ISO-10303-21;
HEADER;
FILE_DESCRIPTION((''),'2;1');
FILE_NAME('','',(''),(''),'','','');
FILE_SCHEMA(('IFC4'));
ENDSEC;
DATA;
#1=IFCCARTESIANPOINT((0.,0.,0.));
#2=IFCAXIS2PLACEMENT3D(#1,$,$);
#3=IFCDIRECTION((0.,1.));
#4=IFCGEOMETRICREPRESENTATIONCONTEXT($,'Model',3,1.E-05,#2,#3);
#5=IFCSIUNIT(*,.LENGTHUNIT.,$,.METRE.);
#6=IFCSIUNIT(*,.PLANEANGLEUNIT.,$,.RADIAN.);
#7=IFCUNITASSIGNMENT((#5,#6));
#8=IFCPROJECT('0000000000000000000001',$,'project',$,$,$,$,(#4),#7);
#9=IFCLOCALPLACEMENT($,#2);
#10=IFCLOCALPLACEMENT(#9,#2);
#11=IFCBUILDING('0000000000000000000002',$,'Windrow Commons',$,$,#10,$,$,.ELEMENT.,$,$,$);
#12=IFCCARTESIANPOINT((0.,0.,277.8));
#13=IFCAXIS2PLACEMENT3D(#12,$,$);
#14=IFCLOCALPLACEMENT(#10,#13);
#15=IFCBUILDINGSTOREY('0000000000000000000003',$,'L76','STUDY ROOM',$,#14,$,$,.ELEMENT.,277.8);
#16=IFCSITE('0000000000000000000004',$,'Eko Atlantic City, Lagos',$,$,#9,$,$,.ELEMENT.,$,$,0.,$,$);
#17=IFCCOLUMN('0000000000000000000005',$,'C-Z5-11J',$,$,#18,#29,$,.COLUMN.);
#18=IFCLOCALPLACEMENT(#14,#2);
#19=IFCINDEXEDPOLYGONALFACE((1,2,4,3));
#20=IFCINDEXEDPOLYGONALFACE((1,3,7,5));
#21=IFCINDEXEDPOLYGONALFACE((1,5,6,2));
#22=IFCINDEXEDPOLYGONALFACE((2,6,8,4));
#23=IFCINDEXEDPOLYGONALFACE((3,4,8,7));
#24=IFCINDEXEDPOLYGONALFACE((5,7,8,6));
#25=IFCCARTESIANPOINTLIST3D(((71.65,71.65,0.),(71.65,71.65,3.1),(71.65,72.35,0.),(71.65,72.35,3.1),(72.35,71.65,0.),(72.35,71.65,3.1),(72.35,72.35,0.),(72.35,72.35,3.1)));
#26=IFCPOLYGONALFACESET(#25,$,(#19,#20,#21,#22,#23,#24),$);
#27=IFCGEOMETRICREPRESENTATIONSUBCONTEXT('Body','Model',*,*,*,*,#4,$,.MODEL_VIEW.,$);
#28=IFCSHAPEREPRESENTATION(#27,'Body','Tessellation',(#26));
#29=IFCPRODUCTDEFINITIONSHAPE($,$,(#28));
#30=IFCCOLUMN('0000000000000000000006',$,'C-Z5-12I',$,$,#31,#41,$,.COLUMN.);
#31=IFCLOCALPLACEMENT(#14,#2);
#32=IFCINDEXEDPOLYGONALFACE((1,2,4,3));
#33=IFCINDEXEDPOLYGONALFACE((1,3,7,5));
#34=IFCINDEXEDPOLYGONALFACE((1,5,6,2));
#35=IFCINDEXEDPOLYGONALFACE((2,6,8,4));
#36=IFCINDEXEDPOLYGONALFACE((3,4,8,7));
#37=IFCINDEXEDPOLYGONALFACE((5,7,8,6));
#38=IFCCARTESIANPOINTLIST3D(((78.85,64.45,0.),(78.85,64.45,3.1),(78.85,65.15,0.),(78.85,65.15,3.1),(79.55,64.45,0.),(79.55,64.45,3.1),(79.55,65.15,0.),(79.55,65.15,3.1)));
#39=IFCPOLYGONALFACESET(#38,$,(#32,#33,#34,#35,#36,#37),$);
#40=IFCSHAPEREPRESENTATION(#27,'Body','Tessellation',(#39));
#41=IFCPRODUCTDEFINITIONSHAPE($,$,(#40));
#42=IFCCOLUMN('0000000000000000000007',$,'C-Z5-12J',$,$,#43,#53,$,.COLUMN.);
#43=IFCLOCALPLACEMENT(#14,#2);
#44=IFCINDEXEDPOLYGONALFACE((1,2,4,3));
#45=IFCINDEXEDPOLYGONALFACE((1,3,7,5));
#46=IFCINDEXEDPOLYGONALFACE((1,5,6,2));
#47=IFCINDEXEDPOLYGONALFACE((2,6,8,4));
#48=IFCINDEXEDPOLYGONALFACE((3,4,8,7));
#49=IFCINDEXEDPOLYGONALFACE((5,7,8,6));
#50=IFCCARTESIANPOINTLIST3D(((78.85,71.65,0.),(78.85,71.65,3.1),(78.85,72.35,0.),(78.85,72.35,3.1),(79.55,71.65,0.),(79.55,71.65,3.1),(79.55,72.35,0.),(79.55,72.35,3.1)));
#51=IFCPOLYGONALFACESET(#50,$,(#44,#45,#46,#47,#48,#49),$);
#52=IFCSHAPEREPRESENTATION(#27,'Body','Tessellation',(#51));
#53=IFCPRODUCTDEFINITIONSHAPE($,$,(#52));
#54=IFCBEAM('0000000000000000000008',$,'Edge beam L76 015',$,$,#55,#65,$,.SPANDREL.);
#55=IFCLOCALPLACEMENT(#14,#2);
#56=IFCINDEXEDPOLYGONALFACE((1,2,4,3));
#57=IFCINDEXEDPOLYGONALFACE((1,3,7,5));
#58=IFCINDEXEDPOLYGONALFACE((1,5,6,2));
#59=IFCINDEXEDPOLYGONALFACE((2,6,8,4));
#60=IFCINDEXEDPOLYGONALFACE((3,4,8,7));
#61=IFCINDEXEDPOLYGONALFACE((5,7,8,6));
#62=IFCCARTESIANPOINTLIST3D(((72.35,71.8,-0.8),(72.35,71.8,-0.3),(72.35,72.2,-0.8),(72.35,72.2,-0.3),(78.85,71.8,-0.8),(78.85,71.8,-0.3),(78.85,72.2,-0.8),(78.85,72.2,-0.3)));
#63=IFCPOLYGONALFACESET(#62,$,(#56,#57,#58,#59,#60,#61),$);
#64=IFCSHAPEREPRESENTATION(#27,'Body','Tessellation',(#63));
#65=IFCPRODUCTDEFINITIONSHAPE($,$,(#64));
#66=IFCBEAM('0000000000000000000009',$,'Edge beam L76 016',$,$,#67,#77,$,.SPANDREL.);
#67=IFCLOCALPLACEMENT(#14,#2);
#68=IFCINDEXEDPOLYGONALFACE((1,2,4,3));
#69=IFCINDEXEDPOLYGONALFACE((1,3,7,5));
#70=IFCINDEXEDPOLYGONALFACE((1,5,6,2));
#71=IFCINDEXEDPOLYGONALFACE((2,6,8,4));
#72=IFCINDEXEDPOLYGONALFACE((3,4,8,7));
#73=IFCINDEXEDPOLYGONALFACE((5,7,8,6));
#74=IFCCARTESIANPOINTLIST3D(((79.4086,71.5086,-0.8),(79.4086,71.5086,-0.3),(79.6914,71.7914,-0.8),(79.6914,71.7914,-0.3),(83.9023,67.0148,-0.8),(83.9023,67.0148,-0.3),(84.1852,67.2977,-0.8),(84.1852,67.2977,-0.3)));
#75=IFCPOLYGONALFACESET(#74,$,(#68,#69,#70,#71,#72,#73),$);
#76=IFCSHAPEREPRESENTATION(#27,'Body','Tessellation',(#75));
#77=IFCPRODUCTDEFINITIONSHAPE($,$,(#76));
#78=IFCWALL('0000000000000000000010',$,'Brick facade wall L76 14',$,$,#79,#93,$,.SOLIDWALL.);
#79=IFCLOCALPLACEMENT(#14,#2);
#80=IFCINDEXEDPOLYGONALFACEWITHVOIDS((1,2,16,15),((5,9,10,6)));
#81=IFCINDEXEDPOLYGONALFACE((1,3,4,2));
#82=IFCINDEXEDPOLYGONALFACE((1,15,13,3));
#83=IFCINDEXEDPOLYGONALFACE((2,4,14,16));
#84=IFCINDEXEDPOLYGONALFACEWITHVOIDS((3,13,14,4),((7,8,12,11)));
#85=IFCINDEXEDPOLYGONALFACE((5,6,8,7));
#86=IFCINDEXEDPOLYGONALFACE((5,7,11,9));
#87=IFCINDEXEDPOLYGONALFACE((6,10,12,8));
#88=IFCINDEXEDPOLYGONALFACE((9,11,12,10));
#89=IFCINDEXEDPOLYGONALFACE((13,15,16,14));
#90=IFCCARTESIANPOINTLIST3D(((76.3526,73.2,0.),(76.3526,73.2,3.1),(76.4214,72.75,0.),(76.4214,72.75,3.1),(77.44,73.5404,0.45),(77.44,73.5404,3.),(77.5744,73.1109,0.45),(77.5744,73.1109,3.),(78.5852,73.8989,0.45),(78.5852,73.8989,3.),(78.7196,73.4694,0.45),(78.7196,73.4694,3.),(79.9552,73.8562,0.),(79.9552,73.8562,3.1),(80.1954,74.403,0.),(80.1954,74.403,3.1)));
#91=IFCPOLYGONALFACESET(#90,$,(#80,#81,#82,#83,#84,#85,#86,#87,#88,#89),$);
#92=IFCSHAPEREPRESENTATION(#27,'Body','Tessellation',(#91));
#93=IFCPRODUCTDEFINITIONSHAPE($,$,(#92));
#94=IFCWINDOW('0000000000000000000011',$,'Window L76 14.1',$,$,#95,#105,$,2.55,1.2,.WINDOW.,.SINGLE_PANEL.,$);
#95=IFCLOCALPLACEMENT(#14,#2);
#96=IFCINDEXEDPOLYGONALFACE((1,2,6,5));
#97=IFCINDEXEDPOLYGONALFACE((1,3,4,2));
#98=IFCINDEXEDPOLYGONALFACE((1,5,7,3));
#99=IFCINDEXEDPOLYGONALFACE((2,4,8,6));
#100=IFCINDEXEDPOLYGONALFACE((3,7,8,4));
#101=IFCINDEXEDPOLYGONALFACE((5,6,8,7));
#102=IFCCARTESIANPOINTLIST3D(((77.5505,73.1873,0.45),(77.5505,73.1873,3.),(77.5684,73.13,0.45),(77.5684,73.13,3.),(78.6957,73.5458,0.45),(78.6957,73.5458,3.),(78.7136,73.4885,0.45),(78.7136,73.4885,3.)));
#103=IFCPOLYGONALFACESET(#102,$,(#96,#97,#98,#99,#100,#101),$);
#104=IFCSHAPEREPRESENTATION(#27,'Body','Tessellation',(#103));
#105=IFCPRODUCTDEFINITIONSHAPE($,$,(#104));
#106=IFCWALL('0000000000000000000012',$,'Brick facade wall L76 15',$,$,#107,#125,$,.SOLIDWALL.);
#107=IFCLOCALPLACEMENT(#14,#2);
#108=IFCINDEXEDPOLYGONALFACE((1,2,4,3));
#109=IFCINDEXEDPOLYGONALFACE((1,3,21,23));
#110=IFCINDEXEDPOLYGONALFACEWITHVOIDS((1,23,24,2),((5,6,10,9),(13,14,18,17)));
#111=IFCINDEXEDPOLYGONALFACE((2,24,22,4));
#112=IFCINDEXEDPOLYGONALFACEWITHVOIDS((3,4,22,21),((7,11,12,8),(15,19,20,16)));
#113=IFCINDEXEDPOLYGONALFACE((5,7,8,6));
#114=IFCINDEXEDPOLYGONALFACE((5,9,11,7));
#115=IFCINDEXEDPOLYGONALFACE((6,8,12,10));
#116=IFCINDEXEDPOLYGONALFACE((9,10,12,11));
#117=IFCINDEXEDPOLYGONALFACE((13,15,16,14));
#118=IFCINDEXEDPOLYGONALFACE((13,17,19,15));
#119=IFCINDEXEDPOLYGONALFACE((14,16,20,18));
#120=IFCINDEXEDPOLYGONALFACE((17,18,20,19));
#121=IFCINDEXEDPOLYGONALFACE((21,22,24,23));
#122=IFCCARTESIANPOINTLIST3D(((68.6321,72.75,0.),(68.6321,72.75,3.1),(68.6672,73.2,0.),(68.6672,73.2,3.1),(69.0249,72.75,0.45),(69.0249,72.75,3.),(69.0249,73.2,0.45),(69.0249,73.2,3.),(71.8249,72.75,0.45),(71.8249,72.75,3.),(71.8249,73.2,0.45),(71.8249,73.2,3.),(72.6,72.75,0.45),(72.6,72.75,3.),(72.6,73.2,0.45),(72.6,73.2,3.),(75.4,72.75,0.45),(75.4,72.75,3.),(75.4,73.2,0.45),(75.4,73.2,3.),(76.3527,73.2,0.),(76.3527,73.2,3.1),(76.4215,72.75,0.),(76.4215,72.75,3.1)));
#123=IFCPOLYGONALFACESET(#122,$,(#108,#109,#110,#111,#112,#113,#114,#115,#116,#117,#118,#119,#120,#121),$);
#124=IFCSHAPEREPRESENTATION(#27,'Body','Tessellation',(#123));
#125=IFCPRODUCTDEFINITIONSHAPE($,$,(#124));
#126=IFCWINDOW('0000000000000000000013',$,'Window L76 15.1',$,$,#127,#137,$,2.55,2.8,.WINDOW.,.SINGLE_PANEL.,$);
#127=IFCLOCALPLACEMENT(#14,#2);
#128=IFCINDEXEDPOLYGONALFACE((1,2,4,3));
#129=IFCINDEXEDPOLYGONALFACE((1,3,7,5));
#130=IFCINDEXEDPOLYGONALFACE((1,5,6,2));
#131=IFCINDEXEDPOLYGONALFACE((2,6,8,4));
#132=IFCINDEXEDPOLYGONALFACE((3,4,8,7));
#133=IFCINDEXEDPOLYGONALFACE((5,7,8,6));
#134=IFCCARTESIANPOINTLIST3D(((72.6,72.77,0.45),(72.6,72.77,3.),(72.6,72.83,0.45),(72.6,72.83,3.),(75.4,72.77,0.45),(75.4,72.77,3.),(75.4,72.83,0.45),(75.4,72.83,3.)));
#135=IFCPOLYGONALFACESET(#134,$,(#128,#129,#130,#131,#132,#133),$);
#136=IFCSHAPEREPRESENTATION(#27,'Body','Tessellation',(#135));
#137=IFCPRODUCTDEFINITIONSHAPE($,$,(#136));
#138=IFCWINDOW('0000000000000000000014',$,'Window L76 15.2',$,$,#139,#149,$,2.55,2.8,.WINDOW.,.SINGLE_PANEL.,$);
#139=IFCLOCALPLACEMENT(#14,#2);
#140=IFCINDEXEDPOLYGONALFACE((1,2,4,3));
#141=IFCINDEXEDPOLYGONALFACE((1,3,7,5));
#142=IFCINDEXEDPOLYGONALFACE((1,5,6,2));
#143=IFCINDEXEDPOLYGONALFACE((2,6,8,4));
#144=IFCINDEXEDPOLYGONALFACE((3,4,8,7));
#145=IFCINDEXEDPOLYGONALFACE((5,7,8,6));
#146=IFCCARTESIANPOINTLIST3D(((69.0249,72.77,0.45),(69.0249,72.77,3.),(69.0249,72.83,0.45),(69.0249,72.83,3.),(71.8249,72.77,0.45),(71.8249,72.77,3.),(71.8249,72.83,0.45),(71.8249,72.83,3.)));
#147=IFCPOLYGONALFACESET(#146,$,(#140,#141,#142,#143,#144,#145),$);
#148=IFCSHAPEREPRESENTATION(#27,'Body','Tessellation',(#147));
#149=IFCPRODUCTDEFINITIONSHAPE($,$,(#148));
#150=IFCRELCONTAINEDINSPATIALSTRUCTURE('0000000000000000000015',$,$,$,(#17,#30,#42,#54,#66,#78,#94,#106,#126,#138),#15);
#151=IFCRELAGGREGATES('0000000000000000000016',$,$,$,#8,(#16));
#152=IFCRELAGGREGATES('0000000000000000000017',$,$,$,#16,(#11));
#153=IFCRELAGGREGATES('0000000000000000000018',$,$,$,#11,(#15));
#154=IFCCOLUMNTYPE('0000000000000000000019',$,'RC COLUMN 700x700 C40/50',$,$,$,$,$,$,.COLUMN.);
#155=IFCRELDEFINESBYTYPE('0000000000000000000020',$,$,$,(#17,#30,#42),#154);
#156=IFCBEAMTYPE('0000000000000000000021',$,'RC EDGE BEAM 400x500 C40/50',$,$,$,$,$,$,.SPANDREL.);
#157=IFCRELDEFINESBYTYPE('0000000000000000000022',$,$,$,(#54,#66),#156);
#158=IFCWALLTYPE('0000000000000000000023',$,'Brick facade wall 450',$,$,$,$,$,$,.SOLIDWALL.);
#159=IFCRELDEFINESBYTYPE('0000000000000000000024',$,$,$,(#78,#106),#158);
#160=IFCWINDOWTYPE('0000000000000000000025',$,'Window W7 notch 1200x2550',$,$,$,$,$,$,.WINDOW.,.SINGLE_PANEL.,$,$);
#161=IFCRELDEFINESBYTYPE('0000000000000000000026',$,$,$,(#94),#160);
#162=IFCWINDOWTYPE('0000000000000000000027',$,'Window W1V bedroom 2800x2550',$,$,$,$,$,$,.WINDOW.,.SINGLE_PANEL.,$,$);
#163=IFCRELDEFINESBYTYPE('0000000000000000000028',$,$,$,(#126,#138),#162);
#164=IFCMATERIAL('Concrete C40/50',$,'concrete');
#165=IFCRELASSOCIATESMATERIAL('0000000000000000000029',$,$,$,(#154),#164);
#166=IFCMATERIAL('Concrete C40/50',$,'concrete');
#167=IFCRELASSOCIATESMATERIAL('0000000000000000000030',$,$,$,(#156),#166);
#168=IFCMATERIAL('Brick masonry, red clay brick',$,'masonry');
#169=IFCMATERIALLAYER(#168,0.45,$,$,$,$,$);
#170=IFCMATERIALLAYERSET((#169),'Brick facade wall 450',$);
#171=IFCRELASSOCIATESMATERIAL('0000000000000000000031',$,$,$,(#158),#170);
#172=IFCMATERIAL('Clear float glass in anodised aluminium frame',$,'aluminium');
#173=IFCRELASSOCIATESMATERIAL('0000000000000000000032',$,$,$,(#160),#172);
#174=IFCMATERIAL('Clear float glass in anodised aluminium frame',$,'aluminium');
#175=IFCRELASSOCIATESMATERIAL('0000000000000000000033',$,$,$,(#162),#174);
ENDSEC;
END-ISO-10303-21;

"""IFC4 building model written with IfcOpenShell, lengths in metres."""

from ifc_helpers import new_model, si_unit, direction, frame, frame_2d, origin, origin_2d, place, context, subcontext, project, spatial, polyline, rectangle, outline, extrude, material, layer, layer_set, material_profile, profile_set, type_object, element, fill, save


model = new_model("IFC4")

# Units and contexts
model_context = context("Model", 3, precision=1e-05, world=origin(), true_north=direction((0.0, 1.0)))
body_context = subcontext(model_context, "Body", "Model", "MODEL_VIEW")
ifc_project = project(units=[si_unit("LENGTHUNIT", "METRE"), si_unit("PLANEANGLEUNIT", "RADIAN")], contexts=[model_context])

# Site, building, storey
site_placement = place(None, origin())
site = spatial("IfcSite", under=ifc_project, at=site_placement, Name="Eko Atlantic City, Lagos", CompositionType="ELEMENT", RefElevation=0.0)
building_placement = place(site_placement, origin())
building = spatial("IfcBuilding", under=site, at=building_placement, Name="Windrow Commons", CompositionType="ELEMENT")
storey_placement = place(building_placement, frame((0.0, 0.0, 277.8)))
storey = spatial("IfcBuildingStorey", under=building, at=storey_placement, Name="L76", Description="STUDY ROOM", CompositionType="ELEMENT", Elevation=277.8)

# Columns
ifc_material_1 = material(Name="Concrete C40/50", Category="concrete")
ifc_material_profile_1 = material_profile(ifc_material_1, rectangle(XDim=0.7, YDim=0.7, at=origin_2d()))
ifc_profile_set_1 = profile_set([ifc_material_profile_1], Name="Concrete C40/50")
column_type = type_object("IfcColumnType", Name="RC COLUMN 700x700 C40/50", PredefinedType="COLUMN", material=ifc_profile_set_1)
for number, where, z_axis, x_axis, name in (
    (1, (72.0, 72.0, 0.0), (0.0, 0.0, 1.0), (1.0, 0.0, 0.0), "C-Z5-11J"),
    (2, (79.2, 64.8, 0.0), (0.0, 0.0, 1.0), (1.0, 0.0, 0.0), "C-Z5-12I"),
    (3, (79.2, 72.0, 0.0), (0.0, 0.0, 1.0), (1.0, 0.0, 0.0), "C-Z5-12J"),
):
    element("IfcColumn", number, at=place(storey_placement, frame(where, z_axis=z_axis, x_axis=x_axis)), inside=storey, type_object=column_type, Name=name, PredefinedType="COLUMN", context=body_context, shape_type="SweptSolid", body=[
        extrude(rectangle(XDim=0.7, YDim=0.7, at=origin_2d()), origin(), (0.0, 0.0, 1.0), 3.1),
    ])

# Beams
ifc_material_2 = material(Name="Concrete C40/50", Category="concrete")
ifc_material_profile_2 = material_profile(ifc_material_2, rectangle(XDim=0.4, YDim=0.5, at=origin_2d()))
ifc_profile_set_2 = profile_set([ifc_material_profile_2], Name="Concrete C40/50")
beam_type = type_object("IfcBeamType", Name="RC EDGE BEAM 400x500 C40/50", PredefinedType="SPANDREL", material=ifc_profile_set_2)
beam_1_placement = place(storey_placement, frame((72.35, 72.0, -0.55), z_axis=(1.0, 0.0, 0.0), x_axis=(0.0, 1.0, 0.0)))
element("IfcBeam", 4, at=beam_1_placement, inside=storey, type_object=beam_type, Name="Edge beam L76 015", PredefinedType="SPANDREL", context=body_context, shape_type="SweptSolid", body=[
    extrude(rectangle(XDim=0.4, YDim=0.5, at=origin_2d()), origin(), (0.0, 0.0, 1.0), 6.5),
])
beam_2_placement = place(storey_placement, frame((79.55, 71.65, -0.55), z_axis=(0.707107, -0.707107, 0.0), x_axis=(0.707107, 0.707107, 0.0)))
element("IfcBeam", 5, at=beam_2_placement, inside=storey, type_object=beam_type, Name="Edge beam L76 016", PredefinedType="SPANDREL", context=body_context, shape_type="SweptSolid", body=[
    extrude(rectangle(XDim=0.4, YDim=0.5, at=origin_2d()), origin(), (0.0, 0.0, 1.0), 6.3551),
])

# Wall, opening, window
ifc_material_3 = material(Name="Brick masonry, red clay brick", Category="masonry")
ifc_layer_1 = layer(ifc_material_3, 0.45)
ifc_layer_set_1 = layer_set([ifc_layer_1], Name="Brick facade wall 450")
wall_type_1 = type_object("IfcWallType", Name="Brick facade wall 450", PredefinedType="SOLIDWALL", material=ifc_layer_set_1)
wall_1_placement = place(storey_placement, frame((80.0753, 74.1296, 0.0), z_axis=(0.0, 0.0, 1.0), x_axis=(-0.95433, -0.298755, 0.0)))
wall_1 = element("IfcWall", 6, at=wall_1_placement, inside=storey, type_object=wall_type_1, Name="Brick facade wall L76 14", PredefinedType="SOLIDWALL", context=body_context, shape_type="SweptSolid", body=[
    extrude(outline(polyline([(-0.1963, -0.225), (3.8304, -0.225), (3.8992, 0.225), (0.1963, 0.225), (-0.1963, -0.225)])), origin(), (0.0, 0.0, 1.0), 3.1),
])
opening_1_placement = place(wall_1_placement, frame((1.491, 0.0, 0.45)))
opening_1 = element("IfcOpeningElement", 7, at=opening_1_placement, cuts=wall_1, PredefinedType="OPENING", context=body_context, shape_type="SweptSolid", body=[
    extrude(rectangle(XDim=1.2, YDim=2.55, at=frame_2d((0.6, 1.275))), frame((0.0, 0.235, 0.0), z_axis=(0.0, -1.0, 0.0), x_axis=(1.0, 0.0, 0.0)), (0.0, 0.0, 1.0), 0.47),
])
ifc_material_4 = material(Name="Clear float glass in anodised aluminium frame", Category="aluminium")
window_type_1 = type_object("IfcWindowType", Name="Window W7 notch 1200x2550", PartitioningType="SINGLE_PANEL", PredefinedType="WINDOW", material=ifc_material_4)
window_1_placement = place(opening_1_placement, origin())
window_1 = element("IfcWindow", 8, at=window_1_placement, inside=storey, type_object=window_type_1, Name="Window L76 14.1", OverallHeight=2.55, OverallWidth=1.2, PartitioningType="SINGLE_PANEL", PredefinedType="WINDOW", context=body_context, shape_type="SweptSolid", body=[
    extrude(rectangle(XDim=1.2, YDim=2.55, at=frame_2d((0.6, 1.275))), frame((0.0, 0.205, 0.0), z_axis=(0.0, -1.0, 0.0), x_axis=(1.0, 0.0, 0.0)), (0.0, 0.0, 1.0), 0.06),
])
fill(opening_1, window_1)

# Wall, openings, windows
wall_2_placement = place(storey_placement, frame((76.3871, 72.975, 0.0), z_axis=(0.0, 0.0, 1.0), x_axis=(-1.0, 0.0, 0.0)))
wall_2 = element("IfcWall", 9, at=wall_2_placement, inside=storey, type_object=wall_type_1, Name="Brick facade wall L76 15", PredefinedType="SOLIDWALL", context=body_context, shape_type="SweptSolid", body=[
    extrude(outline(polyline([(0.0344, -0.225), (7.7199, -0.225), (7.755, 0.225), (-0.0344, 0.225), (0.0344, -0.225)])), origin(), (0.0, 0.0, 1.0), 3.1),
])
opening_2_placement = place(wall_2_placement, frame((0.9871, 0.0, 0.45)))
opening_2 = element("IfcOpeningElement", 10, at=opening_2_placement, cuts=wall_2, PredefinedType="OPENING", context=body_context, shape_type="SweptSolid", body=[
    extrude(rectangle(XDim=2.8, YDim=2.55, at=frame_2d((1.4, 1.275))), frame((0.0, 0.235, 0.0), z_axis=(0.0, -1.0, 0.0), x_axis=(1.0, 0.0, 0.0)), (0.0, 0.0, 1.0), 0.47),
])
opening_3_placement = place(wall_2_placement, frame((4.5622, 0.0, 0.45)))
opening_3 = element("IfcOpeningElement", 11, at=opening_3_placement, cuts=wall_2, PredefinedType="OPENING", context=body_context, shape_type="SweptSolid", body=[
    extrude(rectangle(XDim=2.8, YDim=2.55, at=frame_2d((1.4, 1.275))), frame((0.0, 0.235, 0.0), z_axis=(0.0, -1.0, 0.0), x_axis=(1.0, 0.0, 0.0)), (0.0, 0.0, 1.0), 0.47),
])
ifc_material_5 = material(Name="Clear float glass in anodised aluminium frame", Category="aluminium")
window_type_2 = type_object("IfcWindowType", Name="Window W1V bedroom 2800x2550", PartitioningType="SINGLE_PANEL", PredefinedType="WINDOW", material=ifc_material_5)
window_2_placement = place(opening_2_placement, origin())
window_2 = element("IfcWindow", 12, at=window_2_placement, inside=storey, type_object=window_type_2, Name="Window L76 15.1", OverallHeight=2.55, OverallWidth=2.8, PartitioningType="SINGLE_PANEL", PredefinedType="WINDOW", context=body_context, shape_type="SweptSolid", body=[
    extrude(rectangle(XDim=2.8, YDim=2.55, at=frame_2d((1.4, 1.275))), frame((0.0, 0.205, 0.0), z_axis=(0.0, -1.0, 0.0), x_axis=(1.0, 0.0, 0.0)), (0.0, 0.0, 1.0), 0.06),
])
fill(opening_2, window_2)
window_3_placement = place(opening_3_placement, origin())
window_3 = element("IfcWindow", 13, at=window_3_placement, inside=storey, type_object=window_type_2, Name="Window L76 15.2", OverallHeight=2.55, OverallWidth=2.8, PartitioningType="SINGLE_PANEL", PredefinedType="WINDOW", context=body_context, shape_type="SweptSolid", body=[
    extrude(rectangle(XDim=2.8, YDim=2.55, at=frame_2d((1.4, 1.275))), frame((0.0, 0.205, 0.0), z_axis=(0.0, -1.0, 0.0), x_axis=(1.0, 0.0, 0.0)), (0.0, 0.0, 1.0), 0.06),
])
fill(opening_3, window_3)

save(model, "model.ifc")
